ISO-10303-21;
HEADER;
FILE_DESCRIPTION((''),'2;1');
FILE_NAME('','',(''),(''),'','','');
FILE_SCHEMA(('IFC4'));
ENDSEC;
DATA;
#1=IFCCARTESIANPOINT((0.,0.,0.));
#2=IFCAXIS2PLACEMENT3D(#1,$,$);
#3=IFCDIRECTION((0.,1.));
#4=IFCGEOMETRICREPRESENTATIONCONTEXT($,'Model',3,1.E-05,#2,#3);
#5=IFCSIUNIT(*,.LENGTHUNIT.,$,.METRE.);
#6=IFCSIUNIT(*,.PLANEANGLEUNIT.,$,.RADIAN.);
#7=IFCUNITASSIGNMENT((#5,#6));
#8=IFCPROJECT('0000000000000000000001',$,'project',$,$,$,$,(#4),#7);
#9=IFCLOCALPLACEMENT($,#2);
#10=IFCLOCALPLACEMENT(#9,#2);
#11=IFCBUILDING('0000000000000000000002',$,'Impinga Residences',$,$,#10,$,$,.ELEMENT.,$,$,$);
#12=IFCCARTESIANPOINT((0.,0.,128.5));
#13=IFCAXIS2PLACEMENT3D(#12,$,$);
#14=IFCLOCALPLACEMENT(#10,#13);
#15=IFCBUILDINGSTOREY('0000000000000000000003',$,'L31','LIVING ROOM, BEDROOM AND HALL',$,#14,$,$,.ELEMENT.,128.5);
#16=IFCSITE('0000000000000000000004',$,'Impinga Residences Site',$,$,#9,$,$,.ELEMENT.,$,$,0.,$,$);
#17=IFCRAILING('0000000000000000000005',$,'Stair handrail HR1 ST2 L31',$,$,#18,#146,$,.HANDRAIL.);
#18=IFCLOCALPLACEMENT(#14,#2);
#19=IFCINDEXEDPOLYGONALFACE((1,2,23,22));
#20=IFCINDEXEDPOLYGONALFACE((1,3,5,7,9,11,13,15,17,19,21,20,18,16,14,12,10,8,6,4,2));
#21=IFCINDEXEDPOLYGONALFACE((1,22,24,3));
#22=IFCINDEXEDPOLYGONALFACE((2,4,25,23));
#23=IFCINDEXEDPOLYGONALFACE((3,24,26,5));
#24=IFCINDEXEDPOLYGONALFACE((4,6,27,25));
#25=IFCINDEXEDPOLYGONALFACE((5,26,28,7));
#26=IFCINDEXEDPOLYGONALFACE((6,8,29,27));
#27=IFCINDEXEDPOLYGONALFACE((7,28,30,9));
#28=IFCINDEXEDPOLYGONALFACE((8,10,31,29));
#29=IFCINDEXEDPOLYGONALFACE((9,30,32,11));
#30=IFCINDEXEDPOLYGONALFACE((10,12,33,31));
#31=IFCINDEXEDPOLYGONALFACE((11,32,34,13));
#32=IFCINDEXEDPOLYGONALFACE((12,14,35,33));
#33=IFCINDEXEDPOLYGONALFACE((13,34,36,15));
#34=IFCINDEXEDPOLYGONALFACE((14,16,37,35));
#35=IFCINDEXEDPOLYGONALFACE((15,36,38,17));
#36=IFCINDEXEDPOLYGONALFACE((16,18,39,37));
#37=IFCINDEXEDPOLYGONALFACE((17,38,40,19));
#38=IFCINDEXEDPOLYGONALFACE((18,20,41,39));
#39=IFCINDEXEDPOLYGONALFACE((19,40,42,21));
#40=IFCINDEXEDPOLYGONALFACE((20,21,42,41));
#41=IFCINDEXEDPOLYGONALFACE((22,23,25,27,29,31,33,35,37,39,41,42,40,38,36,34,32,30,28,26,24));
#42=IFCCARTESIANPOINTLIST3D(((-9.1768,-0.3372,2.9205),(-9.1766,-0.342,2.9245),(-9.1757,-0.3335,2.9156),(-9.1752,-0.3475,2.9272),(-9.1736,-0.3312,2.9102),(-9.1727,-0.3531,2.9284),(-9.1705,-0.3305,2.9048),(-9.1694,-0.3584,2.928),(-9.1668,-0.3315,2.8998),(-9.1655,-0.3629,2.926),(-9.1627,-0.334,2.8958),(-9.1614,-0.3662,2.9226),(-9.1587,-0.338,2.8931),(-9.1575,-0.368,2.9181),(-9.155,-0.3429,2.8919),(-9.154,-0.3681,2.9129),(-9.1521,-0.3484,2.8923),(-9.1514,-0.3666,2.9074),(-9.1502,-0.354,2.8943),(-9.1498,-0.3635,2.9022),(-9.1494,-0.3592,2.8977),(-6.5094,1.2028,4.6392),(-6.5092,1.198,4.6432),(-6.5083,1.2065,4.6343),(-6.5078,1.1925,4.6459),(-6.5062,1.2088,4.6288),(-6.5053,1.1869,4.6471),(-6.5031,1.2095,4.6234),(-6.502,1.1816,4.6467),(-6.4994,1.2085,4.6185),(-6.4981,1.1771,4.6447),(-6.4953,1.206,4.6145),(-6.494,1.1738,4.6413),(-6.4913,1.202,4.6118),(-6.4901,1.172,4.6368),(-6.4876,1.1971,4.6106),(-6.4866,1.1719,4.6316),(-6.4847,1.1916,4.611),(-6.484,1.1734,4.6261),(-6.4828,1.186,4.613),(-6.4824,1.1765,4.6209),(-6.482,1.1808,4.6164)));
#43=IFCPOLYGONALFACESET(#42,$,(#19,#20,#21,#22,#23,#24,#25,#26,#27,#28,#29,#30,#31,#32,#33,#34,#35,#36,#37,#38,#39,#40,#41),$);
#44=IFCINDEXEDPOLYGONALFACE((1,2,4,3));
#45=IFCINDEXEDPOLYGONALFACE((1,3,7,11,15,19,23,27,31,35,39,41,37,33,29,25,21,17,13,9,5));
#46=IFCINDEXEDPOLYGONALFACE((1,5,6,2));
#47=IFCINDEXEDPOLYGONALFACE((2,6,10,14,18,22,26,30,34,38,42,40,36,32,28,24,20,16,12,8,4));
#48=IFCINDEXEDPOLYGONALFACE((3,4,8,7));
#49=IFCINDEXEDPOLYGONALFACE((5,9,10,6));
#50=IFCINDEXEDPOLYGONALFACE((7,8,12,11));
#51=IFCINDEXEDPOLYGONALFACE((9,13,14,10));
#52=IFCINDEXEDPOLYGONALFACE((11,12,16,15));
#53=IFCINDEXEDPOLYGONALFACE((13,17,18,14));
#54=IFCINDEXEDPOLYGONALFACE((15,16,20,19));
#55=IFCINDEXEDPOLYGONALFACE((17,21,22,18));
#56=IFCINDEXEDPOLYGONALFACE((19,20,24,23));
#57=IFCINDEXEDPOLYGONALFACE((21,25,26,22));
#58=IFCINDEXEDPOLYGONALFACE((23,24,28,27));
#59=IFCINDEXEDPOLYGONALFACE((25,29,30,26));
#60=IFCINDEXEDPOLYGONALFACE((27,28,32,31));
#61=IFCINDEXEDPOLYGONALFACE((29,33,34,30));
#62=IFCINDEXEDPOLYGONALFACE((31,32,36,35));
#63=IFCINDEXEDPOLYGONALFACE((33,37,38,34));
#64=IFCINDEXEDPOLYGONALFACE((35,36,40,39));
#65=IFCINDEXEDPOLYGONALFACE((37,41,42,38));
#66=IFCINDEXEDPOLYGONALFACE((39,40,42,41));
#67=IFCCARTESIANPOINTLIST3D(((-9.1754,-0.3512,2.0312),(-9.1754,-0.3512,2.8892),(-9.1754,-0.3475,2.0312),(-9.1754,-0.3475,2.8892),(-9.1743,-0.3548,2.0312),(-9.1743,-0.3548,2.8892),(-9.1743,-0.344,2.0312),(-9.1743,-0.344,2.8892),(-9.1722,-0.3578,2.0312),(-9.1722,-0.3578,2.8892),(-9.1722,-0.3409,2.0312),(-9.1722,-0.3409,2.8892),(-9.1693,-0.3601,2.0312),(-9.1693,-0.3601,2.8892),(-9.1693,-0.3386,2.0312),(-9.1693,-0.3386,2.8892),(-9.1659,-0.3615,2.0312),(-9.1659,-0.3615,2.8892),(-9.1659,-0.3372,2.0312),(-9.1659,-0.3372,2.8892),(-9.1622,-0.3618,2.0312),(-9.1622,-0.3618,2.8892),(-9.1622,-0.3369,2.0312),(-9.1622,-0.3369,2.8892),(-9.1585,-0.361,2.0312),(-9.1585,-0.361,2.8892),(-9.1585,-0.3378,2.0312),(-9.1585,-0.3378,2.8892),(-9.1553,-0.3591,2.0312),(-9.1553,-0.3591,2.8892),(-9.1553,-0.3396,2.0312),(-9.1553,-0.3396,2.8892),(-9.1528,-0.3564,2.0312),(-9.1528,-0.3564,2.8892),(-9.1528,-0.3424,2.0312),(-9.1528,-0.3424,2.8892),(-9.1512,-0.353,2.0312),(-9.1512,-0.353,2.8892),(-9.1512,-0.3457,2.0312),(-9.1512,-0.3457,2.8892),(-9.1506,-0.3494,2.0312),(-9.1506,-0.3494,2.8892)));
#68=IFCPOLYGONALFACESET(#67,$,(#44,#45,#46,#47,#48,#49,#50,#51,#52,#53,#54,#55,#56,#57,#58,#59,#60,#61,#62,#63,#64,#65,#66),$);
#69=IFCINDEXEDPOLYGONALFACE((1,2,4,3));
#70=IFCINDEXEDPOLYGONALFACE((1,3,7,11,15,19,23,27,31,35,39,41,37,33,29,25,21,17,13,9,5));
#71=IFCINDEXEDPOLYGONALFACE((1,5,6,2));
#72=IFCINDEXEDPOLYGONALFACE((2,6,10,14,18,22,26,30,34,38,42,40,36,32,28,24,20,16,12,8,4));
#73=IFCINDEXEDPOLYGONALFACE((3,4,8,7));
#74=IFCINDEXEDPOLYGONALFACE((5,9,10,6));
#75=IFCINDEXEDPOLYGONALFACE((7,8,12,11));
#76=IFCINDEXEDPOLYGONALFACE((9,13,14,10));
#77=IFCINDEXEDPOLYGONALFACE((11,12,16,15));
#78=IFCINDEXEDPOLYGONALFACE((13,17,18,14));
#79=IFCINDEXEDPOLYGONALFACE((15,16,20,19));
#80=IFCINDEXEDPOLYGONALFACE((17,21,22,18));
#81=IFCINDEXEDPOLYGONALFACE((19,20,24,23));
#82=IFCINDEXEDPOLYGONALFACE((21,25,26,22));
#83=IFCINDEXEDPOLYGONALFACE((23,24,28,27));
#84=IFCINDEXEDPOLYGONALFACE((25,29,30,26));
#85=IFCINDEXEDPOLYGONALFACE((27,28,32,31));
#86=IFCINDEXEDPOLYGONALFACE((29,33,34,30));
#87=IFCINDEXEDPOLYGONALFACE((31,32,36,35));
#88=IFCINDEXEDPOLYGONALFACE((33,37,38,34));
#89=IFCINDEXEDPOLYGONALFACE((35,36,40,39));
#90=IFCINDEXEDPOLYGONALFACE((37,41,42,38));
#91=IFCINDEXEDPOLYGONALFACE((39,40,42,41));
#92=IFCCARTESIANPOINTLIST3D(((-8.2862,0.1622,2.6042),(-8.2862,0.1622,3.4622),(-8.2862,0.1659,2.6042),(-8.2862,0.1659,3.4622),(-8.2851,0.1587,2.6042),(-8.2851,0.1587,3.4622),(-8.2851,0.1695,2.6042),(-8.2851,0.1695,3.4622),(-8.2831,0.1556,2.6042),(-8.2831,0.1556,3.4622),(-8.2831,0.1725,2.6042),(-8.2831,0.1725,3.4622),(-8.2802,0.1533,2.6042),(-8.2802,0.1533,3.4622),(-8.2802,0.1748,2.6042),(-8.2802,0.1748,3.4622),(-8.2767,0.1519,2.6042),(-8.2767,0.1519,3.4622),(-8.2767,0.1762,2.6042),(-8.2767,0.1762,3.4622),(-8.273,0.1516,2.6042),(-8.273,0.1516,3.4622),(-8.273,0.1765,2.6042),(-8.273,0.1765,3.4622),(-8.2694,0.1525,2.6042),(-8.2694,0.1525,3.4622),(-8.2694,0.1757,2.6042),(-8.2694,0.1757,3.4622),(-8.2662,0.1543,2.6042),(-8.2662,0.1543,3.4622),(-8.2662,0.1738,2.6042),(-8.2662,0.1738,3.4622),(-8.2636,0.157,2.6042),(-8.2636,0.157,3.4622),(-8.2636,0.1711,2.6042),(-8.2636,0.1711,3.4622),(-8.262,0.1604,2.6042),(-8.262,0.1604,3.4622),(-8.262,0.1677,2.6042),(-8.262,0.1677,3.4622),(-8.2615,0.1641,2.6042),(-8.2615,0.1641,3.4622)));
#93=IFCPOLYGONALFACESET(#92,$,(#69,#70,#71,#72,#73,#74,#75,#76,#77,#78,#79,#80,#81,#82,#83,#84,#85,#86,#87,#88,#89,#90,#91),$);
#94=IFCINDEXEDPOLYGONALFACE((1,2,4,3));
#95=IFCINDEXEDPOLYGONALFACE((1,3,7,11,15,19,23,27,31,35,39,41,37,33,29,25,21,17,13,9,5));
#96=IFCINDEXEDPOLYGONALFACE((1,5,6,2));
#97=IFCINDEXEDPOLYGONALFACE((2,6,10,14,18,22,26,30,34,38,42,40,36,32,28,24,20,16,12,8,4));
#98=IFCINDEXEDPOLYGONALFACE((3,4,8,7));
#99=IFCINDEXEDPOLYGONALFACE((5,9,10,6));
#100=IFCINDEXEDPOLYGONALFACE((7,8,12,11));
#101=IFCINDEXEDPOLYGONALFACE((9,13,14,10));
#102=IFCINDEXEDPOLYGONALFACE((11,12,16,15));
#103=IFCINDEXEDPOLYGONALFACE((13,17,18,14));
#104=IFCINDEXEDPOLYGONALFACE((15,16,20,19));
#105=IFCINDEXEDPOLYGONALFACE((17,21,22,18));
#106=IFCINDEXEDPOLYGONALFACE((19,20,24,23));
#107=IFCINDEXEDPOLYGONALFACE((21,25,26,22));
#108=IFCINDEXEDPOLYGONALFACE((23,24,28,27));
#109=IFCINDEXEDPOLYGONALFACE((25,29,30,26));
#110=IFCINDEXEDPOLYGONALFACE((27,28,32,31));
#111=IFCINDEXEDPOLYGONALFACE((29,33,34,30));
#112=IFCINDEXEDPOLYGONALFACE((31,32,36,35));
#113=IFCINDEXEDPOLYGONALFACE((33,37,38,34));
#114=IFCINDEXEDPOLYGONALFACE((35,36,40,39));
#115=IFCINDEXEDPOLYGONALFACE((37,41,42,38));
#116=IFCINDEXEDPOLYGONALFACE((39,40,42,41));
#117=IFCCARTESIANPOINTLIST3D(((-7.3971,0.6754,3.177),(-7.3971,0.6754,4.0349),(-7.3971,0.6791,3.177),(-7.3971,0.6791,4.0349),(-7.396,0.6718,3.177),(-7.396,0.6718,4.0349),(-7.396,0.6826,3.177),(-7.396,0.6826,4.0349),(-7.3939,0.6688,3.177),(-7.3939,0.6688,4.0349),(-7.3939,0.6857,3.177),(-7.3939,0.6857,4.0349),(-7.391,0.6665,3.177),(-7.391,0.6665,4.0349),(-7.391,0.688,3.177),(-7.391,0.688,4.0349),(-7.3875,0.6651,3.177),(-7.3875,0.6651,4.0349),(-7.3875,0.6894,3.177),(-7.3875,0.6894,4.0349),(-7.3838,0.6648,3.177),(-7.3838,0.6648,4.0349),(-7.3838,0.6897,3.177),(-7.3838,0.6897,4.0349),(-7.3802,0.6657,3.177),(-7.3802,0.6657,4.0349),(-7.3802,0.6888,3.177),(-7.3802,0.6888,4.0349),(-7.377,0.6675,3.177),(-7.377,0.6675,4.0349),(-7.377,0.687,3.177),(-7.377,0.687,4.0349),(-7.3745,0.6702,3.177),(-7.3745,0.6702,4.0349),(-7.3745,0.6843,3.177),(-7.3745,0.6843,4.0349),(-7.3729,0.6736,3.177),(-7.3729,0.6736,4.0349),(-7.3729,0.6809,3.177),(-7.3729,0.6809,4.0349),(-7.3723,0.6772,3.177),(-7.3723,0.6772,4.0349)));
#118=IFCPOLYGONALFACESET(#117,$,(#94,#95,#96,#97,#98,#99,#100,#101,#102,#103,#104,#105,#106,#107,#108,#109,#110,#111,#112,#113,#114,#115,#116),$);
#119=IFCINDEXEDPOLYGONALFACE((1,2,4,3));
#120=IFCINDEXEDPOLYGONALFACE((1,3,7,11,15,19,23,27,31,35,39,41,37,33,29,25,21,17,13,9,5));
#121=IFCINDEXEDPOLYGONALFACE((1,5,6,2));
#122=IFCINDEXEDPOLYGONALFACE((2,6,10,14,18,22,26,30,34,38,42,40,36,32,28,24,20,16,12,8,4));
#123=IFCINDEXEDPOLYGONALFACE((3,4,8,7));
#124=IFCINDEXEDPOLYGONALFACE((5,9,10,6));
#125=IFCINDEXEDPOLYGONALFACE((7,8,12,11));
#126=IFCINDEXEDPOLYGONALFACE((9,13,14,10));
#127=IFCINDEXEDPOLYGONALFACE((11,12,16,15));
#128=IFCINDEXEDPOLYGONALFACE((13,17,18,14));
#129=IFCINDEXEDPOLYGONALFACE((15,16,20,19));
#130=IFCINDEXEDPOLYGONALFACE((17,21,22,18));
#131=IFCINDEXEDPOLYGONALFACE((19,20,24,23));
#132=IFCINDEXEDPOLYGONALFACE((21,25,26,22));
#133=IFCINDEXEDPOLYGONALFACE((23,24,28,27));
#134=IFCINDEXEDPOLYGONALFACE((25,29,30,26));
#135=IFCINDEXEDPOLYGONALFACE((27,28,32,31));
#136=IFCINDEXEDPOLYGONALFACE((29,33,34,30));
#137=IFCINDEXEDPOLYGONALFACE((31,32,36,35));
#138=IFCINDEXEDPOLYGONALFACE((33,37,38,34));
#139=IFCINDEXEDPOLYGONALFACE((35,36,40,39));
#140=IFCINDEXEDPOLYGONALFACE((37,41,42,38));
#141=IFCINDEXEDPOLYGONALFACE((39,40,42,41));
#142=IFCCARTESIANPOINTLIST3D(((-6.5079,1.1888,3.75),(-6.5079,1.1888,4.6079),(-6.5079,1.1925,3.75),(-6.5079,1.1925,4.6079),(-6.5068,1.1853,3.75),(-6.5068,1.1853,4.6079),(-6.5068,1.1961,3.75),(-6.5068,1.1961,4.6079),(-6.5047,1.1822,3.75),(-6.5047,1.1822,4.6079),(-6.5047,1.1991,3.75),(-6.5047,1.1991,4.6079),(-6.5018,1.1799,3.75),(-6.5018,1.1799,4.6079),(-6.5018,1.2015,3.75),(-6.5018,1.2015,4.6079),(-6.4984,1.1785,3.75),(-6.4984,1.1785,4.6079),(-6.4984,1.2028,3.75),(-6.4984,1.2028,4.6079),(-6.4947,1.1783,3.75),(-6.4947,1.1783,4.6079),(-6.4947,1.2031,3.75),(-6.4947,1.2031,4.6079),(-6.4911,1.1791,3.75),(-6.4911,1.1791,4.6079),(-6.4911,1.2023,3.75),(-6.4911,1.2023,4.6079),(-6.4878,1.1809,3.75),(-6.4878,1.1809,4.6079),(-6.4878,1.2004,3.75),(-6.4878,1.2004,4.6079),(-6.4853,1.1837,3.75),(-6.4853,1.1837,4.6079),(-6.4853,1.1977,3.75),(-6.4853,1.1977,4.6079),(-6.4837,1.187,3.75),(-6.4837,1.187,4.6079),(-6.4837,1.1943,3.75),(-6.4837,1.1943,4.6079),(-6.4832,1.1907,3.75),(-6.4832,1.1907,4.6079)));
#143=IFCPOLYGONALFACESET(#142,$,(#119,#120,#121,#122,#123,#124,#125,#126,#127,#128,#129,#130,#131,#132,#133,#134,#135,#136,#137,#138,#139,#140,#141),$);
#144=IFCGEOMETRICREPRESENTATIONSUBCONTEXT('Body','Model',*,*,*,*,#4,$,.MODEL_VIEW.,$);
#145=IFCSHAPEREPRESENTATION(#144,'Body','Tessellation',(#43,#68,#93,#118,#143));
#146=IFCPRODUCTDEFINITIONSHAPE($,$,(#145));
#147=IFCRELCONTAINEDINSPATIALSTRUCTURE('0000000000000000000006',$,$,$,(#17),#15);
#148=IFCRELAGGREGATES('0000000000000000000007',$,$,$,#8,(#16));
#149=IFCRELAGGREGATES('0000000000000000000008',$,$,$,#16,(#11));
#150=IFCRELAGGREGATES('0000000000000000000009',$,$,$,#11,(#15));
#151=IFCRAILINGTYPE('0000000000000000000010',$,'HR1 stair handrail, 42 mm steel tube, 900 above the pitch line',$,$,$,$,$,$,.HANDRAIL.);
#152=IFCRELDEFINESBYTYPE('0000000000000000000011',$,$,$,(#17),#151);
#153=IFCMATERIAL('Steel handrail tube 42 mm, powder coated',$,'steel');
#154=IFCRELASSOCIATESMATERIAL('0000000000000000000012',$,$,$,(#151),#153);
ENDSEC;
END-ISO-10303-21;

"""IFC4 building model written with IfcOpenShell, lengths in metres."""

from ifc_helpers import new_model, si_unit, direction, frame, origin, origin_2d, place, context, subcontext, project, spatial, circle, extrude, material, type_object, element, save


model = new_model("IFC4")

# Units and contexts
model_context = context("Model", 3, precision=1e-05, world=origin(), true_north=direction((0.0, 1.0)))
body_context = subcontext(model_context, "Body", "Model", "MODEL_VIEW")
ifc_project = project(units=[si_unit("LENGTHUNIT", "METRE"), si_unit("PLANEANGLEUNIT", "RADIAN")], contexts=[model_context])

# Site, building, storey
site_placement = place(None, origin())
site = spatial("IfcSite", under=ifc_project, at=site_placement, Name="Impinga Residences Site", CompositionType="ELEMENT", RefElevation=0.0)
building_placement = place(site_placement, origin())
building = spatial("IfcBuilding", under=site, at=building_placement, Name="Impinga Residences", CompositionType="ELEMENT")
storey_placement = place(building_placement, frame((0.0, 0.0, 128.5)))
storey = spatial("IfcBuildingStorey", under=building, at=storey_placement, Name="L31", Description="LIVING ROOM, BEDROOM AND HALL", CompositionType="ELEMENT", Elevation=128.5)

# Railing
ifc_material_1 = material(Name="Steel handrail tube 42 mm, powder coated", Category="steel")
railing_type_1 = type_object("IfcRailingType", Name="HR1 stair handrail, 42 mm steel tube, 900 above the pitch line", PredefinedType="HANDRAIL", material=ifc_material_1)
railing_1_placement = place(storey_placement, frame((-9.1631, -0.3494, 2.0312)))
element("IfcRailing", 1, at=railing_1_placement, inside=storey, type_object=railing_type_1, Name="Stair handrail HR1 ST2 L31", PredefinedType="HANDRAIL", context=body_context, shape_type="SweptSolid", body=[
    extrude(circle(Radius=0.021, at=origin_2d()), frame((0.0, 0.0, 0.8789), z_axis=(0.756256, 0.436616, 0.487282), x_axis=(-0.499992, 0.86603, 0.0)), (0.0, 0.0, 1.0), 3.5271),
    extrude(circle(Radius=0.0125, at=origin_2d()), origin(), (0.0, 0.0, 1.0), 0.8579),
    extrude(circle(Radius=0.0125, at=origin_2d()), frame((0.8892, 0.5134, 0.573)), (0.0, 0.0, 1.0), 0.8579),
    extrude(circle(Radius=0.0125, at=origin_2d()), frame((1.7783, 1.0266, 1.1458)), (0.0, 0.0, 1.0), 0.8579),
    extrude(circle(Radius=0.0125, at=origin_2d()), frame((2.6675, 1.54, 1.7188)), (0.0, 0.0, 1.0), 0.8579),
])

save(model, "model.ifc")
